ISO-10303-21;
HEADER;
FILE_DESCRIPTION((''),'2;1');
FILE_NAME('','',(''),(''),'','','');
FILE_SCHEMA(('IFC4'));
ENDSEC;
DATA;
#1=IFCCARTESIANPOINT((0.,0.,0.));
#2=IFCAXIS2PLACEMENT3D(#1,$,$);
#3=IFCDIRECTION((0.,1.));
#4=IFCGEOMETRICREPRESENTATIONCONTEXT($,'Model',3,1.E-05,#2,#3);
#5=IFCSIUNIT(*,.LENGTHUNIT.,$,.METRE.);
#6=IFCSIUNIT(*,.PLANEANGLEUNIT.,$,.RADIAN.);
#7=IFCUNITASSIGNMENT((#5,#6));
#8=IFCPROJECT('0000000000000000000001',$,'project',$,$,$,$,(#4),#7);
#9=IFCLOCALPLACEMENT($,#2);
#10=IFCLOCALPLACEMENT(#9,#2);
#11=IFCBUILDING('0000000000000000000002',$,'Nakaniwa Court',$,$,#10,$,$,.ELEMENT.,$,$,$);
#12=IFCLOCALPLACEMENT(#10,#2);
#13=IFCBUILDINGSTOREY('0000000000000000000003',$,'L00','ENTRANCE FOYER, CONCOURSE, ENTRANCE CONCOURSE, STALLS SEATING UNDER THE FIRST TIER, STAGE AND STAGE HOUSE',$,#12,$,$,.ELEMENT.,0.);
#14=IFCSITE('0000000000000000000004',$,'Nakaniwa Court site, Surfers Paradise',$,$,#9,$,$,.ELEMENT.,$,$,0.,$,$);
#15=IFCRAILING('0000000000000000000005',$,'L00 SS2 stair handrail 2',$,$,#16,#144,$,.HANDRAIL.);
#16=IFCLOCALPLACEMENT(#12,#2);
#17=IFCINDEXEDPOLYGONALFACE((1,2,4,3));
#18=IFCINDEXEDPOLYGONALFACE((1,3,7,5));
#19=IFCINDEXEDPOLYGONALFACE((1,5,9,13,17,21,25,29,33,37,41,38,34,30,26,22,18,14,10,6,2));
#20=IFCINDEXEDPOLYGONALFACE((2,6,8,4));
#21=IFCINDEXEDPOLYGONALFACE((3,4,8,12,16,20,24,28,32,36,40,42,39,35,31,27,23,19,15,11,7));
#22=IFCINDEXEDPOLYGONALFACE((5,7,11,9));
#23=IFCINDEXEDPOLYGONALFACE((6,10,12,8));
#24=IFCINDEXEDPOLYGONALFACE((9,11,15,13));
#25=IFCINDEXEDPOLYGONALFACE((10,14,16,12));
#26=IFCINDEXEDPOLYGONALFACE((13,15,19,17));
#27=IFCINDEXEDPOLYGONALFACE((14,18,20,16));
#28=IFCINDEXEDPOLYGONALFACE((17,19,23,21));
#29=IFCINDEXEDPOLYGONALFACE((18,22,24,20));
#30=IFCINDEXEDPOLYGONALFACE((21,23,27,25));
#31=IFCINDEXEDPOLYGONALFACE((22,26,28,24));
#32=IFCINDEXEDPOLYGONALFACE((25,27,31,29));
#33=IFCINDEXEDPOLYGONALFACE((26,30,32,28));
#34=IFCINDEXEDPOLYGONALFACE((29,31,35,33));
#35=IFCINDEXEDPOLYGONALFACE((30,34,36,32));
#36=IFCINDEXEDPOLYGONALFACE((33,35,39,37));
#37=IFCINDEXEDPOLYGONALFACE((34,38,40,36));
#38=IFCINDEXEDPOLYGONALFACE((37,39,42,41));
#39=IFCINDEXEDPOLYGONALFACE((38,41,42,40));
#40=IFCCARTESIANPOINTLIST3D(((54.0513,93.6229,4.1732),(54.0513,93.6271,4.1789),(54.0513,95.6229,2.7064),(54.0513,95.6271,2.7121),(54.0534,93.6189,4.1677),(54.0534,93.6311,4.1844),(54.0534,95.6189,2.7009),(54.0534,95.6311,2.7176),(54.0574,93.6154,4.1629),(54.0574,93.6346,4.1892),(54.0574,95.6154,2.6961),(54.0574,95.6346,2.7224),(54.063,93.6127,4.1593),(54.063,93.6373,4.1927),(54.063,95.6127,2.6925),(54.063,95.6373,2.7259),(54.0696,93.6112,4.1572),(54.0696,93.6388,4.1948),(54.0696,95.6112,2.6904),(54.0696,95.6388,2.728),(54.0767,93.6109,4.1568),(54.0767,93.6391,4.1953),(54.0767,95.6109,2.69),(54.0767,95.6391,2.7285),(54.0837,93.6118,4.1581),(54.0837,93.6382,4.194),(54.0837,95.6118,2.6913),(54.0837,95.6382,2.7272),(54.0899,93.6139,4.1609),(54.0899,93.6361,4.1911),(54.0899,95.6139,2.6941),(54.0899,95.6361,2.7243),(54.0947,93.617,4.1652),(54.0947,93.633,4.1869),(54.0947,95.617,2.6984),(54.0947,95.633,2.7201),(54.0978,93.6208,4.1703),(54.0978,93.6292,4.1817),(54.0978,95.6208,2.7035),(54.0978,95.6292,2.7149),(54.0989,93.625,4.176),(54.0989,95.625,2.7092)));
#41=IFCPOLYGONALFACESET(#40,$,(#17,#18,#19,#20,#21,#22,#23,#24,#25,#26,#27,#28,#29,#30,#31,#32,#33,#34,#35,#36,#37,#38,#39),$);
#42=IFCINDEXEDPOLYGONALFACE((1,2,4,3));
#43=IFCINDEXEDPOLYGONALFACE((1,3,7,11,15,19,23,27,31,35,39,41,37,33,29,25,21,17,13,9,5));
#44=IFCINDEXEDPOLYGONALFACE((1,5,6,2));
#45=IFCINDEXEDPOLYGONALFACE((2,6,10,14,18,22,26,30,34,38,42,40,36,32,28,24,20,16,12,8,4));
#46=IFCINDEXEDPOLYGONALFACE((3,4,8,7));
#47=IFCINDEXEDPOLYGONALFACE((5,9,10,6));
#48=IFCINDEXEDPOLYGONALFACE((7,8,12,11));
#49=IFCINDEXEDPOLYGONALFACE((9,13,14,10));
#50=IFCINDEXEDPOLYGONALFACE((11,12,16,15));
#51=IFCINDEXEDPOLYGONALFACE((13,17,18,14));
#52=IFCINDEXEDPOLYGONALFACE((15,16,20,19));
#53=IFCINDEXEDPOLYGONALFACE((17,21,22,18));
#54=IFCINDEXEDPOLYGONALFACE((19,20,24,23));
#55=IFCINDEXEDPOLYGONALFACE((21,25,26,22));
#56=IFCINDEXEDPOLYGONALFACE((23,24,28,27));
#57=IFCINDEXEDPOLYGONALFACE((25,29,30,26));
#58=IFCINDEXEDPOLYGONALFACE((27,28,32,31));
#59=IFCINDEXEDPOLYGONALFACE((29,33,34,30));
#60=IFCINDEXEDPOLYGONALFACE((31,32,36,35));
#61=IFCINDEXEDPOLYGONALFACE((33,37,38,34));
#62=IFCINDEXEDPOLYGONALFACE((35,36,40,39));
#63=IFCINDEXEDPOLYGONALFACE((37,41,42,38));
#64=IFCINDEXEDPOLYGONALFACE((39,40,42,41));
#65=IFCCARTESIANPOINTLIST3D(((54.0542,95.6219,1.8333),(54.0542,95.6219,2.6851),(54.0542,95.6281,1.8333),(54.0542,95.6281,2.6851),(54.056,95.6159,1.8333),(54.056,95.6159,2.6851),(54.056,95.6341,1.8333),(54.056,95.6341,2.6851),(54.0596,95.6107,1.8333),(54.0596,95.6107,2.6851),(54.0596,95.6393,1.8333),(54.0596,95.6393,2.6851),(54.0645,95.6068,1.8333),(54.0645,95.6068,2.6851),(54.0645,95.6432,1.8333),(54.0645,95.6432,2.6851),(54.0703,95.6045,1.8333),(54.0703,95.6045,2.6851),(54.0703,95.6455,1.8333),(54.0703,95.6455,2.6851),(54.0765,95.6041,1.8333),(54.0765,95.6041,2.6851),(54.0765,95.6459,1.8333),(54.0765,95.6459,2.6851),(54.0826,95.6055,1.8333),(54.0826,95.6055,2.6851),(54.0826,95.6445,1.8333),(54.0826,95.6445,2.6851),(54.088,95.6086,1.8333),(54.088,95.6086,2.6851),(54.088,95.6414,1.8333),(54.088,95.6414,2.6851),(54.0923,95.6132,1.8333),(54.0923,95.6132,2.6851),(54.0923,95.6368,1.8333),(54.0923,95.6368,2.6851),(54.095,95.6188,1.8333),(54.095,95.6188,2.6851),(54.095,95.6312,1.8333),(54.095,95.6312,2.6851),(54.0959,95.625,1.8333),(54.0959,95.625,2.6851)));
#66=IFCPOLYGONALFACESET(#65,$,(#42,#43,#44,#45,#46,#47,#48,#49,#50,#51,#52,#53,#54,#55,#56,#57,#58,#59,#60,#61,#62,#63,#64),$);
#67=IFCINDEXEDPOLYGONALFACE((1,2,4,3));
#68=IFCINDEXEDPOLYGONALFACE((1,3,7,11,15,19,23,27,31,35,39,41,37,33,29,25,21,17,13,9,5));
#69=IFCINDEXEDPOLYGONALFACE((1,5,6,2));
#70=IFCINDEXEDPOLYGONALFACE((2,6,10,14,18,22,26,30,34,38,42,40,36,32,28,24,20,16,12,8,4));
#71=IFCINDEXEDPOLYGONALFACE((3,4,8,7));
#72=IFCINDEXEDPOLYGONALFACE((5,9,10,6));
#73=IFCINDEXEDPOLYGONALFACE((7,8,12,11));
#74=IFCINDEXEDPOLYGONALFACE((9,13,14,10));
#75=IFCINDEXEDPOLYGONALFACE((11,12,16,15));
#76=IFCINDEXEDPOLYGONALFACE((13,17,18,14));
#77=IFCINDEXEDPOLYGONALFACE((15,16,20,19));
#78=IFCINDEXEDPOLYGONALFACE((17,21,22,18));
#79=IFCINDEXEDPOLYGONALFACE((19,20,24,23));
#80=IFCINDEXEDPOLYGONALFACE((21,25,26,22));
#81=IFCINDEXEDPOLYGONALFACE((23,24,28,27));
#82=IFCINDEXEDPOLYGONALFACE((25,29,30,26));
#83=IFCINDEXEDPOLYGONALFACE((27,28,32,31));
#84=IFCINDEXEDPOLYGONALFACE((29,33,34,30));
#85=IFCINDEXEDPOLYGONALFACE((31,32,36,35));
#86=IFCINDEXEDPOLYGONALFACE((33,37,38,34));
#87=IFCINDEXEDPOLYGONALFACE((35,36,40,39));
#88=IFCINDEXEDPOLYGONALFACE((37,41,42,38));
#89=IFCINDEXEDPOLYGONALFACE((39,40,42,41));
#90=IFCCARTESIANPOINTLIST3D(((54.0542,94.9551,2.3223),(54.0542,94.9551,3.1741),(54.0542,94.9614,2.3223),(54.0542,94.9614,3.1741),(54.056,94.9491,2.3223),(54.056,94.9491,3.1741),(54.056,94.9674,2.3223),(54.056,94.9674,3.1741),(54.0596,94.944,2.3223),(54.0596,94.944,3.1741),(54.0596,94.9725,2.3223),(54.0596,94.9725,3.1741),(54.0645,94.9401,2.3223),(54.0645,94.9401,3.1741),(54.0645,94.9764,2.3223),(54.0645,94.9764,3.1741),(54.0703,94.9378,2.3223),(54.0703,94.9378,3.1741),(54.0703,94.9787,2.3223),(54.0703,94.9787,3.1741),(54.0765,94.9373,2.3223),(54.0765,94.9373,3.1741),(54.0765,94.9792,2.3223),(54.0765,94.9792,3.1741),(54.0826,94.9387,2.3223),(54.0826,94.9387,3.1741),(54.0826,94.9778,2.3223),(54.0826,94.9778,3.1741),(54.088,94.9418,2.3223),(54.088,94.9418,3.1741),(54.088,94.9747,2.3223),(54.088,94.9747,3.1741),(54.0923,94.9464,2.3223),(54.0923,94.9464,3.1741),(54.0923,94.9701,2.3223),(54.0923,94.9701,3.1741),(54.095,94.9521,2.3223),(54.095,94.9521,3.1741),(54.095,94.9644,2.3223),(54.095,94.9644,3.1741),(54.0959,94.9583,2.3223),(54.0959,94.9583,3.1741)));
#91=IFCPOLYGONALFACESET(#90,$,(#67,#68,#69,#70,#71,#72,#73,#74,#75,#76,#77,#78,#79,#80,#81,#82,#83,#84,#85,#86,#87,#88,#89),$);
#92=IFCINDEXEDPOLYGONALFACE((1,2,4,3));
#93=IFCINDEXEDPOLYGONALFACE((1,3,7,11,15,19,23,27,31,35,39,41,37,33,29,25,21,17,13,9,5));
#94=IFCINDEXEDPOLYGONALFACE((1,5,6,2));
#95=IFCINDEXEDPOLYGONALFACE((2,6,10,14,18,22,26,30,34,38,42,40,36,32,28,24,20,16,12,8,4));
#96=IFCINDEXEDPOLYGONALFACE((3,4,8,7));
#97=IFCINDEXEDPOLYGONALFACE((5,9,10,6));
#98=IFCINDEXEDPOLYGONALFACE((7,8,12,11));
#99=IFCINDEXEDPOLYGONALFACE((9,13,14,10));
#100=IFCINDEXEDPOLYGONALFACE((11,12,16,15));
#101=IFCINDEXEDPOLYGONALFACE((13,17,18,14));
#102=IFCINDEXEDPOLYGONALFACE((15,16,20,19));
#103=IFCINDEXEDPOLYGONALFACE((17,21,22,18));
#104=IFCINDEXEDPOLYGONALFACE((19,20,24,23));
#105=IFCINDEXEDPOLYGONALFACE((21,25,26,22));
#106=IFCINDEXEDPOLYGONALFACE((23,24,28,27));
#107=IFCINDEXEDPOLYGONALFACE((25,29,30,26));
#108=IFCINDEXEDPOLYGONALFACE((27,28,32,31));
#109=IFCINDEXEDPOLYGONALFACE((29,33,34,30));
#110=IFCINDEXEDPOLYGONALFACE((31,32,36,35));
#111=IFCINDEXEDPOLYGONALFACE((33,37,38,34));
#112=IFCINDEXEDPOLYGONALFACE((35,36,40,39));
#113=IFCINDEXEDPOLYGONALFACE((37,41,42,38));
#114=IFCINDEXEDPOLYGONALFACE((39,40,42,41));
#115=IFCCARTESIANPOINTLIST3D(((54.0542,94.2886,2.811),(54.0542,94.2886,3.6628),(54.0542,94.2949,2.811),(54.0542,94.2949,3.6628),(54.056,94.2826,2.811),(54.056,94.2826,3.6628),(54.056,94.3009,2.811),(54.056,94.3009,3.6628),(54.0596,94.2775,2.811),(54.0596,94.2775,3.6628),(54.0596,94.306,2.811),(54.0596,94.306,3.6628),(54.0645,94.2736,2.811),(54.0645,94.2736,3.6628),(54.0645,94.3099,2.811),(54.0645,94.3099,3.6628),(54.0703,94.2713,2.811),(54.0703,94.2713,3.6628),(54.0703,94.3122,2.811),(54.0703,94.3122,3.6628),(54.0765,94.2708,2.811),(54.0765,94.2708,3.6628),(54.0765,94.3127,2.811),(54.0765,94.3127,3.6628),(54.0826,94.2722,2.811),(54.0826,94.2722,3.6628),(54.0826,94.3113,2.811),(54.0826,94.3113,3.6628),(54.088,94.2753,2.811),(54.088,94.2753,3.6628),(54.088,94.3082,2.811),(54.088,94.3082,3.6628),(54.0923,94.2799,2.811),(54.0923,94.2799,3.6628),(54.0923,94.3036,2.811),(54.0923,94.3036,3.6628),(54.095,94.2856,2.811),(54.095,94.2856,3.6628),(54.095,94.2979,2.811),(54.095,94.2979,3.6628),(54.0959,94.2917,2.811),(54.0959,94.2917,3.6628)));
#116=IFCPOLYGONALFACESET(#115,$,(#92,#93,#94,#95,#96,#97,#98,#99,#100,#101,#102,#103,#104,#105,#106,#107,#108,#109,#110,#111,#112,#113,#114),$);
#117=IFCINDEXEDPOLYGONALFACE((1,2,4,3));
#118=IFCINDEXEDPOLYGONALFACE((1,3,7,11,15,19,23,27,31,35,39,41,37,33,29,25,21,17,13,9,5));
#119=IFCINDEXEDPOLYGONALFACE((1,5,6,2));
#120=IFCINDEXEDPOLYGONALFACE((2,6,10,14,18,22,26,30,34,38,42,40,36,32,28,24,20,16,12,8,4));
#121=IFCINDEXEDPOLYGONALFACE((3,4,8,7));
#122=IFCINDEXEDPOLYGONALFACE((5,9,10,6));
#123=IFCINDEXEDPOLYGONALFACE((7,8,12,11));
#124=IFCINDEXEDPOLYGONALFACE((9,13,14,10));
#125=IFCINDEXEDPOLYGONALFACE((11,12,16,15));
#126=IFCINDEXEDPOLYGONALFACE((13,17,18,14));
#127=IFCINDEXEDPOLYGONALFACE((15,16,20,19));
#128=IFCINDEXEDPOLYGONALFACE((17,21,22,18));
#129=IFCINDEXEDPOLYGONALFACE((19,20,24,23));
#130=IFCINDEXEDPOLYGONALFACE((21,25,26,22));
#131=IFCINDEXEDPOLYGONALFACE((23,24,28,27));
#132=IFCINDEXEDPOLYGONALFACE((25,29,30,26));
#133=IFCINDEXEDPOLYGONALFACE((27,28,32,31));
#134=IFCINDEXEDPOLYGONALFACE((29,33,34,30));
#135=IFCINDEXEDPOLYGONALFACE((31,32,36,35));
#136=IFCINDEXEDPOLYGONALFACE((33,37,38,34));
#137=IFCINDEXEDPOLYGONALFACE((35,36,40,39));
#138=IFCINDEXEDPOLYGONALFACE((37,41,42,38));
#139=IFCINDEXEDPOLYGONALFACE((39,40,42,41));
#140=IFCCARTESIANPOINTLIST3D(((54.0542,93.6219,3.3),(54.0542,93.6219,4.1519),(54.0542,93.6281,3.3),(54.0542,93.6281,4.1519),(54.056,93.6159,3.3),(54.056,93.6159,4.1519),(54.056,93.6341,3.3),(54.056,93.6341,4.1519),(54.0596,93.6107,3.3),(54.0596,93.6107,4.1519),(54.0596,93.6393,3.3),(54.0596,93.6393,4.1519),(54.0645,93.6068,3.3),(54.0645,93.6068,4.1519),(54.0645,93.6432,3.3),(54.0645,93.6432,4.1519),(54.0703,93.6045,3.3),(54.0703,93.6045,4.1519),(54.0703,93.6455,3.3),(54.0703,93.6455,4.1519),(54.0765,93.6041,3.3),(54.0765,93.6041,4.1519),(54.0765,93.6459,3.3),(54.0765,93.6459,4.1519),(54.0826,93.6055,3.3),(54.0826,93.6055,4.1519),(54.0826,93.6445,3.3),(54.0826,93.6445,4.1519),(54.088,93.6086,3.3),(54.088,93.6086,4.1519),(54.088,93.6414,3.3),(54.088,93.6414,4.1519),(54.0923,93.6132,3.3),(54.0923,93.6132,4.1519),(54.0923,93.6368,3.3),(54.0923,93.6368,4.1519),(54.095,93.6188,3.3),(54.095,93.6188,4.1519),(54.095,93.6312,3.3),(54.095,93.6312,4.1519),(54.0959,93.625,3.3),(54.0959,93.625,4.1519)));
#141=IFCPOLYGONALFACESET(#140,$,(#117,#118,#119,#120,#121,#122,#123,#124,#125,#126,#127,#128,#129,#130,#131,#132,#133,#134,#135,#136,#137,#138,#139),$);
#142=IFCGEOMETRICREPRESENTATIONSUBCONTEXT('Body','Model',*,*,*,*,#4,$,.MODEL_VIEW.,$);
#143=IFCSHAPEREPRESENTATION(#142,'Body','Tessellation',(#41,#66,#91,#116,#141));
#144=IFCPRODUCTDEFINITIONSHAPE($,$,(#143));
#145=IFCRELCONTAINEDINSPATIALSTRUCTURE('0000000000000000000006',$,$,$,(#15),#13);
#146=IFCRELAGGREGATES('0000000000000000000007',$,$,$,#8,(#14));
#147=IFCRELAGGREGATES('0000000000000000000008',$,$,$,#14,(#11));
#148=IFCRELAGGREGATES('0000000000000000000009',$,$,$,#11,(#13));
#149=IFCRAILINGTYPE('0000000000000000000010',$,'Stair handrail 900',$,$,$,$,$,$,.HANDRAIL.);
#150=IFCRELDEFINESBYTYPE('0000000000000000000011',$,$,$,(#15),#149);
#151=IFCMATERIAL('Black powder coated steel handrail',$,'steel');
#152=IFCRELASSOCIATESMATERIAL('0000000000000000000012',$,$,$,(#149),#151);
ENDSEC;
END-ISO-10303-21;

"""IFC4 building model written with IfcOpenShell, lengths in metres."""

from ifc_helpers import new_model, si_unit, direction, frame, origin, origin_2d, place, context, subcontext, project, spatial, circle, extrude, material, type_object, element, save


model = new_model("IFC4")

# Units and contexts
model_context = context("Model", 3, precision=1e-05, world=origin(), true_north=direction((0.0, 1.0)))
body_context = subcontext(model_context, "Body", "Model", "MODEL_VIEW")
ifc_project = project(units=[si_unit("LENGTHUNIT", "METRE"), si_unit("PLANEANGLEUNIT", "RADIAN")], contexts=[model_context])

# Site, building, storey
site_placement = place(None, origin())
site = spatial("IfcSite", under=ifc_project, at=site_placement, Name="Nakaniwa Court site, Surfers Paradise", CompositionType="ELEMENT", RefElevation=0.0)
building_placement = place(site_placement, origin())
building = spatial("IfcBuilding", under=site, at=building_placement, Name="Nakaniwa Court", CompositionType="ELEMENT")
storey_placement = place(building_placement, origin())
storey = spatial("IfcBuildingStorey", under=building, at=storey_placement, Name="L00", Description="ENTRANCE FOYER, CONCOURSE, ENTRANCE CONCOURSE, STALLS SEATING UNDER THE FIRST TIER, STAGE AND STAGE HOUSE", CompositionType="ELEMENT", Elevation=0.0)

# Railing
ifc_material_1 = material(Name="Black powder coated steel handrail", Category="steel")
railing_type_1 = type_object("IfcRailingType", Name="Stair handrail 900", PredefinedType="HANDRAIL", material=ifc_material_1)
for number, where, name in (
    (1, (54.075, 95.625, 1.8333), "L00 SS2 stair handrail 2"),
):
    element("IfcRailing", number, at=place(storey_placement, frame(where)), inside=storey, type_object=railing_type_1, Name=name, PredefinedType="HANDRAIL", context=body_context, shape_type="SweptSolid", body=[
        extrude(circle(Radius=0.0239, at=origin_2d()), frame((0.0, 0.0, 0.876), z_axis=(0.0, -0.80638, 0.591398), x_axis=(1.0, 0.0, 0.0)), (0.0, 0.0, 1.0), 2.4802),
        extrude(circle(Radius=0.021, at=origin_2d()), origin(), (0.0, 0.0, 1.0), 0.8518),
        extrude(circle(Radius=0.021, at=origin_2d()), frame((0.0, -0.6667, 0.489)), (0.0, 0.0, 1.0), 0.8518),
        extrude(circle(Radius=0.021, at=origin_2d()), frame((0.0, -1.3333, 0.9778)), (0.0, 0.0, 1.0), 0.8518),
        extrude(circle(Radius=0.021, at=origin_2d()), frame((0.0, -2.0, 1.4668)), (0.0, 0.0, 1.0), 0.8518),
    ])

save(model, "model.ifc")
